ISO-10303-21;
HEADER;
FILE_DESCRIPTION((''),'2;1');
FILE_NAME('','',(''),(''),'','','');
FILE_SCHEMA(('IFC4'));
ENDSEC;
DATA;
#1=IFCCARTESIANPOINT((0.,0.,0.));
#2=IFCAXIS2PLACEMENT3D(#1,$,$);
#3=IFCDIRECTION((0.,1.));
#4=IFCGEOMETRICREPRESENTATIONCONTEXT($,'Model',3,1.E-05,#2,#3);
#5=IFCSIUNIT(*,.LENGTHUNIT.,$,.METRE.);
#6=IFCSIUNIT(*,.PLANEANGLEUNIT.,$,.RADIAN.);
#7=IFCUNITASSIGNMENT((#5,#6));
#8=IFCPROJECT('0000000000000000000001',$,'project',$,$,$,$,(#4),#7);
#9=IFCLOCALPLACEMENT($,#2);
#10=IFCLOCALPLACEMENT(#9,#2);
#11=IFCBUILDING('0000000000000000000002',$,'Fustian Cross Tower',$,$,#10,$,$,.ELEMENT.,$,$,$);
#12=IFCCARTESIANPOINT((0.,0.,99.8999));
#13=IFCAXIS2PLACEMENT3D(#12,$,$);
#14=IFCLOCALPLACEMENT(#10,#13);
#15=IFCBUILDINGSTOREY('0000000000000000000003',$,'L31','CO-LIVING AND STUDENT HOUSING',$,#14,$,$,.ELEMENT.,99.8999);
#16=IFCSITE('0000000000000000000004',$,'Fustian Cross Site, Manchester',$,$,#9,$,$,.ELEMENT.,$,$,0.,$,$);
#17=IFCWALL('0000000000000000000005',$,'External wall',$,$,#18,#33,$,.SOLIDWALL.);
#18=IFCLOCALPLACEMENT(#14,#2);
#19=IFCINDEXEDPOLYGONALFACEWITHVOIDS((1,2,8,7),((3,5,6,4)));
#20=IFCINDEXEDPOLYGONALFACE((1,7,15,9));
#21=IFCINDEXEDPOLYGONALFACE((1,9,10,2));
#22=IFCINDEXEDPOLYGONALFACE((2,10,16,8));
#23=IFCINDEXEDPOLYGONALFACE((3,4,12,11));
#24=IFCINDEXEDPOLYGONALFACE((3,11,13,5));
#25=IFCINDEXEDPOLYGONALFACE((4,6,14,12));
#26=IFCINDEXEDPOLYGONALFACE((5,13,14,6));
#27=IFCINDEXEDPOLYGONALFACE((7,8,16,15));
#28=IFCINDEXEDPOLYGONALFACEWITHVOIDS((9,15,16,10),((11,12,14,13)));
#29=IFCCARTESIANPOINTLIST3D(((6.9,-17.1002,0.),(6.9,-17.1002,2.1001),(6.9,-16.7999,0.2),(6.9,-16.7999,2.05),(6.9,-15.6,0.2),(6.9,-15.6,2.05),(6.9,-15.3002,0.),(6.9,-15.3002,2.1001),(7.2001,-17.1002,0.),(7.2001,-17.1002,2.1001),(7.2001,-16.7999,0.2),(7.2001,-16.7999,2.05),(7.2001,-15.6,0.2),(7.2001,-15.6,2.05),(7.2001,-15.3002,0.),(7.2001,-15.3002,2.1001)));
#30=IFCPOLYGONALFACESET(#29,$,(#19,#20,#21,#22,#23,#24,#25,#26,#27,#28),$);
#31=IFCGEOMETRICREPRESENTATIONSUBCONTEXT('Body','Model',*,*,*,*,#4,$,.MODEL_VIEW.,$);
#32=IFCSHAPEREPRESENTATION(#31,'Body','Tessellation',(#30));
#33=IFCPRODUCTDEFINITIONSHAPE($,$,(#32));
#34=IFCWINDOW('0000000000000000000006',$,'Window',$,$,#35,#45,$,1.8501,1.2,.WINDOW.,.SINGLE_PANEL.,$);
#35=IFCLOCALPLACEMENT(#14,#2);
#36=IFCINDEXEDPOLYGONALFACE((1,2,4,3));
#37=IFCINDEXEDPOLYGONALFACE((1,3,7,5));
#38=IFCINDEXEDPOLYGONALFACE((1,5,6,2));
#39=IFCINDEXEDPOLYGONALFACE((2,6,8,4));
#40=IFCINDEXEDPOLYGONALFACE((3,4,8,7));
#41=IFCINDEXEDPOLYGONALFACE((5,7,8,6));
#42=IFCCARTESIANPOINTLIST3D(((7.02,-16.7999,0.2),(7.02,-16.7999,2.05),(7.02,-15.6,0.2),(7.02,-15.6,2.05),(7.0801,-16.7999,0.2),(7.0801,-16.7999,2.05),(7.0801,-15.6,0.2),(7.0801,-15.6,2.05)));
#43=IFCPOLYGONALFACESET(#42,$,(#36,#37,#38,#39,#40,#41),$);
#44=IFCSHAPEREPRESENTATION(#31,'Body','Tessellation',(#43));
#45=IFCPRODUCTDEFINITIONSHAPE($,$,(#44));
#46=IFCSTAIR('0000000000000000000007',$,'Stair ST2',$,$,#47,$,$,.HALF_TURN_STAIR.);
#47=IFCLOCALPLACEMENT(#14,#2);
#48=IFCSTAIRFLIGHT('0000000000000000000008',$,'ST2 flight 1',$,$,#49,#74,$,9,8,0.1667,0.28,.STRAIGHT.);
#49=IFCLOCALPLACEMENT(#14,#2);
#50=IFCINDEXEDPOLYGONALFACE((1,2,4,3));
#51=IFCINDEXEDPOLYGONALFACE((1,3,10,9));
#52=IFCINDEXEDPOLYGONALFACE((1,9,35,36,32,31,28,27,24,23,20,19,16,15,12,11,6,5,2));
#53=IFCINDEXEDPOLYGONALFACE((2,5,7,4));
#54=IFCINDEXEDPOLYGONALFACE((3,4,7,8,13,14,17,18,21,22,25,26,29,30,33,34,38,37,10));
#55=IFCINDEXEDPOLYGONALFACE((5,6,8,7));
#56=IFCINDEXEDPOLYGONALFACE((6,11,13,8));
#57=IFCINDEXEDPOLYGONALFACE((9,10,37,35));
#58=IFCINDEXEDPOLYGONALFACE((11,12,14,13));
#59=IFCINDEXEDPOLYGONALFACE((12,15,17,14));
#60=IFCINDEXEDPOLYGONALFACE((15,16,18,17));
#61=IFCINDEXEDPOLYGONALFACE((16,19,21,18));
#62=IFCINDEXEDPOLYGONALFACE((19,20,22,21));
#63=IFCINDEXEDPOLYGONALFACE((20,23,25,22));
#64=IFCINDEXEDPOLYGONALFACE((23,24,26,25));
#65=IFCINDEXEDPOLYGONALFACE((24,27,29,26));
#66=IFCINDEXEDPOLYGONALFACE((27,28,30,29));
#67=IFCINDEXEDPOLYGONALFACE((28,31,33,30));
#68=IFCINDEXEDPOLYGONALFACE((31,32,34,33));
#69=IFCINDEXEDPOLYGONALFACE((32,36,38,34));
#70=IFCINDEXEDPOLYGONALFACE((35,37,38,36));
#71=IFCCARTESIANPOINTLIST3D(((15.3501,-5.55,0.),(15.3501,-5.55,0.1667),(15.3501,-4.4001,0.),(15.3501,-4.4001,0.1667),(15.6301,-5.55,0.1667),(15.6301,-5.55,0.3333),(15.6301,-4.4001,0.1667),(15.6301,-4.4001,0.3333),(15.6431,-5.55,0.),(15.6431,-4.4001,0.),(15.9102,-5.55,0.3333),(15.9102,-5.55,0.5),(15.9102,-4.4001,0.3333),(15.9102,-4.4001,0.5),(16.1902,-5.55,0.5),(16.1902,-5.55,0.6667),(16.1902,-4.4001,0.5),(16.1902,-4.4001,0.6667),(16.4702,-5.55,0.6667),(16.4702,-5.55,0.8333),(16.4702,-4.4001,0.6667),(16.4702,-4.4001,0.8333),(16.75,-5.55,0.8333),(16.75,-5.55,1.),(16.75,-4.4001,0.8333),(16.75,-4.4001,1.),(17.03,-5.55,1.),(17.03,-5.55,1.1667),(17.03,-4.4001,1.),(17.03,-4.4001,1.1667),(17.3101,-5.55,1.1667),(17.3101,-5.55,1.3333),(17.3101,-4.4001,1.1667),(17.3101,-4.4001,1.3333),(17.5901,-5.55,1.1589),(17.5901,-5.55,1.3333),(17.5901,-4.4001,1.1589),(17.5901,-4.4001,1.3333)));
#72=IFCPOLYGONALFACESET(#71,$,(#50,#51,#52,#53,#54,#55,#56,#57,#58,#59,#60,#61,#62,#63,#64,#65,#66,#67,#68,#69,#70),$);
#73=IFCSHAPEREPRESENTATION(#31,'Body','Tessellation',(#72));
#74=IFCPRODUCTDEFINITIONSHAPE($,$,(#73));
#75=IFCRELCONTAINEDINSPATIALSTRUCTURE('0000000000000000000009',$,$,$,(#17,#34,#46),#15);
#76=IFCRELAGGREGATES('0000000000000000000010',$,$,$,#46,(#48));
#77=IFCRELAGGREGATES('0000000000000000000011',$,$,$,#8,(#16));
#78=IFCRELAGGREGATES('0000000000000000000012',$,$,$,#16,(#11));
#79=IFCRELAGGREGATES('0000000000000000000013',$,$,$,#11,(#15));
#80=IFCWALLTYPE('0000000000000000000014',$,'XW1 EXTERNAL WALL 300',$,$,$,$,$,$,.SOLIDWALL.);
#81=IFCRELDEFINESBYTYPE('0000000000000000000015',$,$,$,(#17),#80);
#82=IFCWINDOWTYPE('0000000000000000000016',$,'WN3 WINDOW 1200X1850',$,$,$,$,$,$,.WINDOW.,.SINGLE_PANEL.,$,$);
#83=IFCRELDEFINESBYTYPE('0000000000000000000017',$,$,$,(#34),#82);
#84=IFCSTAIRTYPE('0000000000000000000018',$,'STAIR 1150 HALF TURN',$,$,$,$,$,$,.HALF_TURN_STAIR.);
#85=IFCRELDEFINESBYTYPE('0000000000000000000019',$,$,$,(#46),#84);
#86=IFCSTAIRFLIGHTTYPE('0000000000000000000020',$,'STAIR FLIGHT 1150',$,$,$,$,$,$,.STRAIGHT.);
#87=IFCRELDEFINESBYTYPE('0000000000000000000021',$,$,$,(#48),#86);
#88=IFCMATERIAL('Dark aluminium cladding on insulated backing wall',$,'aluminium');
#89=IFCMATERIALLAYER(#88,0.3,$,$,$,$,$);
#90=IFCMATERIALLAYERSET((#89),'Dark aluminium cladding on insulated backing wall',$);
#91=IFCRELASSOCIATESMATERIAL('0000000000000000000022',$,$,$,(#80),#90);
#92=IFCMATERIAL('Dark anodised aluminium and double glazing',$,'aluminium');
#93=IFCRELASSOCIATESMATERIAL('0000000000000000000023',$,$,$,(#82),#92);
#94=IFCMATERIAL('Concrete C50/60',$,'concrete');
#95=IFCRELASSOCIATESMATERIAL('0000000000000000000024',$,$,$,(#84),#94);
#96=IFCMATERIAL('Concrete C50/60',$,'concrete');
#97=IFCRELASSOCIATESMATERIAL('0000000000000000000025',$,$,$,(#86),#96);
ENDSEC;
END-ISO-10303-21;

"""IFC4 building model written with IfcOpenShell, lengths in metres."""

from ifc_helpers import new_model, si_unit, direction, frame, frame_2d, origin, place, context, subcontext, project, spatial, polyline, rectangle, outline, extrude, material, layer, layer_set, type_object, element, fill, aggregate, save


model = new_model("IFC4")

# Units and contexts
model_context = context("Model", 3, precision=1e-05, world=origin(), true_north=direction((0.0, 1.0)))
body_context = subcontext(model_context, "Body", "Model", "MODEL_VIEW")
ifc_project = project(units=[si_unit("LENGTHUNIT", "METRE"), si_unit("PLANEANGLEUNIT", "RADIAN")], contexts=[model_context])

# Site, building, storey
site_placement = place(None, origin())
site = spatial("IfcSite", under=ifc_project, at=site_placement, Name="Fustian Cross Site, Manchester", CompositionType="ELEMENT", RefElevation=0.0)
building_placement = place(site_placement, origin())
building = spatial("IfcBuilding", under=site, at=building_placement, Name="Fustian Cross Tower", CompositionType="ELEMENT")
storey_placement = place(building_placement, frame((0.0, 0.0, 99.8999)))
storey = spatial("IfcBuildingStorey", under=building, at=storey_placement, Name="L31", Description="CO-LIVING AND STUDENT HOUSING", CompositionType="ELEMENT", Elevation=99.8999)

# Shared definitions
ifc_material_1 = material(Name="Dark aluminium cladding on insulated backing wall", Category="aluminium")
ifc_layer_1 = layer(ifc_material_1, 0.3)
ifc_layer_set_1 = layer_set([ifc_layer_1], Name="Dark aluminium cladding on insulated backing wall")
wall_type_1 = type_object("IfcWallType", Name="XW1 EXTERNAL WALL 300", PredefinedType="SOLIDWALL", material=ifc_layer_set_1)
ifc_material_2 = material(Name="Dark anodised aluminium and double glazing", Category="aluminium")
window_type_1 = type_object("IfcWindowType", Name="WN3 WINDOW 1200X1850", PartitioningType="SINGLE_PANEL", PredefinedType="WINDOW", material=ifc_material_2)

# Wall, opening, window
wall_1_placement = place(storey_placement, frame((7.05, -17.1001, 0.0), z_axis=(0.0, 0.0, 1.0), x_axis=(0.0, 1.0, 0.0)))
wall_1 = element("IfcWall", 1, at=wall_1_placement, inside=storey, type_object=wall_type_1, Name="External wall", PredefinedType="SOLIDWALL", context=body_context, shape_type="SweptSolid", body=[
    extrude(rectangle(XDim=1.8, YDim=0.3, at=frame_2d((0.8999, 0.0))), origin(), (0.0, 0.0, 1.0), 2.1001),
])
opening_1_placement = place(wall_1_placement, frame((0.3, 0.0, 0.2)))
opening_1 = element("IfcOpeningElement", 2, at=opening_1_placement, cuts=wall_1, PredefinedType="OPENING", context=body_context, shape_type="SweptSolid", body=[
    extrude(rectangle(XDim=1.2, YDim=1.8501, at=frame_2d((0.6001, 0.925))), frame((0.0, 0.1599, 0.0), z_axis=(0.0, -1.0, 0.0), x_axis=(1.0, 0.0, 0.0)), (0.0, 0.0, 1.0), 0.3201),
])
window_1_placement = place(opening_1_placement, origin())
window_1 = element("IfcWindow", 3, at=window_1_placement, inside=storey, type_object=window_type_1, Name="Window", OverallHeight=1.8501, OverallWidth=1.2, PartitioningType="SINGLE_PANEL", PredefinedType="WINDOW", context=body_context, shape_type="SweptSolid", body=[
    extrude(rectangle(XDim=1.2, YDim=1.8501, at=frame_2d((0.6001, 0.925))), frame((0.0, 0.03, 0.0), z_axis=(0.0, -1.0, 0.0), x_axis=(1.0, 0.0, 0.0)), (0.0, 0.0, 1.0), 0.0601),
])
fill(opening_1, window_1)

# Stair, stair flight
ifc_material_3 = material(Name="Concrete C50/60", Category="concrete")
stair_type = type_object("IfcStairType", Name="STAIR 1150 HALF TURN", PredefinedType="HALF_TURN_STAIR", material=ifc_material_3)
stair_placement = place(storey_placement, origin())
stair = element("IfcStair", 4, at=stair_placement, inside=storey, type_object=stair_type, Name="Stair ST2", PredefinedType="HALF_TURN_STAIR")
ifc_material_4 = material(Name="Concrete C50/60", Category="concrete")
stair_flight_type = type_object("IfcStairFlightType", Name="STAIR FLIGHT 1150", PredefinedType="STRAIGHT", material=ifc_material_4)
stair_flight_placement = place(storey_placement, frame((15.3501, -4.9751, 0.0), z_axis=(0.0, 0.0, 1.0), x_axis=(1.0, 0.0, 0.0)))
stair_flight = element("IfcStairFlight", 5, at=stair_flight_placement, type_object=stair_flight_type, Name="ST2 flight 1", NumberOfRisers=9, NumberOfTreads=8, PredefinedType="STRAIGHT", RiserHeight=0.1667, TreadLength=0.28, context=body_context, shape_type="SweptSolid", body=[
    extrude(outline(polyline([(0.0, 0.0), (0.0, 0.1667), (0.28, 0.1667), (0.28, 0.3333), (0.5601, 0.3333), (0.5601, 0.5), (0.8401, 0.5), (0.8401, 0.6667), (1.1201, 0.6667), (1.1201, 0.8333), (1.3999, 0.8333), (1.3999, 1.0), (1.6799, 1.0), (1.6799, 1.1667), (1.96, 1.1667), (1.96, 1.3333), (2.24, 1.3333), (2.24, 1.5), (2.24, 1.1589), (0.293, 0.0), (0.0, 0.0)])), frame((0.0, 0.575, 0.0), z_axis=(0.0, -1.0, 0.0), x_axis=(1.0, 0.0, 0.0)), (0.0, 0.0, 1.0), 1.1499),
])
aggregate(stair, [stair_flight])

save(model, "model.ifc")
